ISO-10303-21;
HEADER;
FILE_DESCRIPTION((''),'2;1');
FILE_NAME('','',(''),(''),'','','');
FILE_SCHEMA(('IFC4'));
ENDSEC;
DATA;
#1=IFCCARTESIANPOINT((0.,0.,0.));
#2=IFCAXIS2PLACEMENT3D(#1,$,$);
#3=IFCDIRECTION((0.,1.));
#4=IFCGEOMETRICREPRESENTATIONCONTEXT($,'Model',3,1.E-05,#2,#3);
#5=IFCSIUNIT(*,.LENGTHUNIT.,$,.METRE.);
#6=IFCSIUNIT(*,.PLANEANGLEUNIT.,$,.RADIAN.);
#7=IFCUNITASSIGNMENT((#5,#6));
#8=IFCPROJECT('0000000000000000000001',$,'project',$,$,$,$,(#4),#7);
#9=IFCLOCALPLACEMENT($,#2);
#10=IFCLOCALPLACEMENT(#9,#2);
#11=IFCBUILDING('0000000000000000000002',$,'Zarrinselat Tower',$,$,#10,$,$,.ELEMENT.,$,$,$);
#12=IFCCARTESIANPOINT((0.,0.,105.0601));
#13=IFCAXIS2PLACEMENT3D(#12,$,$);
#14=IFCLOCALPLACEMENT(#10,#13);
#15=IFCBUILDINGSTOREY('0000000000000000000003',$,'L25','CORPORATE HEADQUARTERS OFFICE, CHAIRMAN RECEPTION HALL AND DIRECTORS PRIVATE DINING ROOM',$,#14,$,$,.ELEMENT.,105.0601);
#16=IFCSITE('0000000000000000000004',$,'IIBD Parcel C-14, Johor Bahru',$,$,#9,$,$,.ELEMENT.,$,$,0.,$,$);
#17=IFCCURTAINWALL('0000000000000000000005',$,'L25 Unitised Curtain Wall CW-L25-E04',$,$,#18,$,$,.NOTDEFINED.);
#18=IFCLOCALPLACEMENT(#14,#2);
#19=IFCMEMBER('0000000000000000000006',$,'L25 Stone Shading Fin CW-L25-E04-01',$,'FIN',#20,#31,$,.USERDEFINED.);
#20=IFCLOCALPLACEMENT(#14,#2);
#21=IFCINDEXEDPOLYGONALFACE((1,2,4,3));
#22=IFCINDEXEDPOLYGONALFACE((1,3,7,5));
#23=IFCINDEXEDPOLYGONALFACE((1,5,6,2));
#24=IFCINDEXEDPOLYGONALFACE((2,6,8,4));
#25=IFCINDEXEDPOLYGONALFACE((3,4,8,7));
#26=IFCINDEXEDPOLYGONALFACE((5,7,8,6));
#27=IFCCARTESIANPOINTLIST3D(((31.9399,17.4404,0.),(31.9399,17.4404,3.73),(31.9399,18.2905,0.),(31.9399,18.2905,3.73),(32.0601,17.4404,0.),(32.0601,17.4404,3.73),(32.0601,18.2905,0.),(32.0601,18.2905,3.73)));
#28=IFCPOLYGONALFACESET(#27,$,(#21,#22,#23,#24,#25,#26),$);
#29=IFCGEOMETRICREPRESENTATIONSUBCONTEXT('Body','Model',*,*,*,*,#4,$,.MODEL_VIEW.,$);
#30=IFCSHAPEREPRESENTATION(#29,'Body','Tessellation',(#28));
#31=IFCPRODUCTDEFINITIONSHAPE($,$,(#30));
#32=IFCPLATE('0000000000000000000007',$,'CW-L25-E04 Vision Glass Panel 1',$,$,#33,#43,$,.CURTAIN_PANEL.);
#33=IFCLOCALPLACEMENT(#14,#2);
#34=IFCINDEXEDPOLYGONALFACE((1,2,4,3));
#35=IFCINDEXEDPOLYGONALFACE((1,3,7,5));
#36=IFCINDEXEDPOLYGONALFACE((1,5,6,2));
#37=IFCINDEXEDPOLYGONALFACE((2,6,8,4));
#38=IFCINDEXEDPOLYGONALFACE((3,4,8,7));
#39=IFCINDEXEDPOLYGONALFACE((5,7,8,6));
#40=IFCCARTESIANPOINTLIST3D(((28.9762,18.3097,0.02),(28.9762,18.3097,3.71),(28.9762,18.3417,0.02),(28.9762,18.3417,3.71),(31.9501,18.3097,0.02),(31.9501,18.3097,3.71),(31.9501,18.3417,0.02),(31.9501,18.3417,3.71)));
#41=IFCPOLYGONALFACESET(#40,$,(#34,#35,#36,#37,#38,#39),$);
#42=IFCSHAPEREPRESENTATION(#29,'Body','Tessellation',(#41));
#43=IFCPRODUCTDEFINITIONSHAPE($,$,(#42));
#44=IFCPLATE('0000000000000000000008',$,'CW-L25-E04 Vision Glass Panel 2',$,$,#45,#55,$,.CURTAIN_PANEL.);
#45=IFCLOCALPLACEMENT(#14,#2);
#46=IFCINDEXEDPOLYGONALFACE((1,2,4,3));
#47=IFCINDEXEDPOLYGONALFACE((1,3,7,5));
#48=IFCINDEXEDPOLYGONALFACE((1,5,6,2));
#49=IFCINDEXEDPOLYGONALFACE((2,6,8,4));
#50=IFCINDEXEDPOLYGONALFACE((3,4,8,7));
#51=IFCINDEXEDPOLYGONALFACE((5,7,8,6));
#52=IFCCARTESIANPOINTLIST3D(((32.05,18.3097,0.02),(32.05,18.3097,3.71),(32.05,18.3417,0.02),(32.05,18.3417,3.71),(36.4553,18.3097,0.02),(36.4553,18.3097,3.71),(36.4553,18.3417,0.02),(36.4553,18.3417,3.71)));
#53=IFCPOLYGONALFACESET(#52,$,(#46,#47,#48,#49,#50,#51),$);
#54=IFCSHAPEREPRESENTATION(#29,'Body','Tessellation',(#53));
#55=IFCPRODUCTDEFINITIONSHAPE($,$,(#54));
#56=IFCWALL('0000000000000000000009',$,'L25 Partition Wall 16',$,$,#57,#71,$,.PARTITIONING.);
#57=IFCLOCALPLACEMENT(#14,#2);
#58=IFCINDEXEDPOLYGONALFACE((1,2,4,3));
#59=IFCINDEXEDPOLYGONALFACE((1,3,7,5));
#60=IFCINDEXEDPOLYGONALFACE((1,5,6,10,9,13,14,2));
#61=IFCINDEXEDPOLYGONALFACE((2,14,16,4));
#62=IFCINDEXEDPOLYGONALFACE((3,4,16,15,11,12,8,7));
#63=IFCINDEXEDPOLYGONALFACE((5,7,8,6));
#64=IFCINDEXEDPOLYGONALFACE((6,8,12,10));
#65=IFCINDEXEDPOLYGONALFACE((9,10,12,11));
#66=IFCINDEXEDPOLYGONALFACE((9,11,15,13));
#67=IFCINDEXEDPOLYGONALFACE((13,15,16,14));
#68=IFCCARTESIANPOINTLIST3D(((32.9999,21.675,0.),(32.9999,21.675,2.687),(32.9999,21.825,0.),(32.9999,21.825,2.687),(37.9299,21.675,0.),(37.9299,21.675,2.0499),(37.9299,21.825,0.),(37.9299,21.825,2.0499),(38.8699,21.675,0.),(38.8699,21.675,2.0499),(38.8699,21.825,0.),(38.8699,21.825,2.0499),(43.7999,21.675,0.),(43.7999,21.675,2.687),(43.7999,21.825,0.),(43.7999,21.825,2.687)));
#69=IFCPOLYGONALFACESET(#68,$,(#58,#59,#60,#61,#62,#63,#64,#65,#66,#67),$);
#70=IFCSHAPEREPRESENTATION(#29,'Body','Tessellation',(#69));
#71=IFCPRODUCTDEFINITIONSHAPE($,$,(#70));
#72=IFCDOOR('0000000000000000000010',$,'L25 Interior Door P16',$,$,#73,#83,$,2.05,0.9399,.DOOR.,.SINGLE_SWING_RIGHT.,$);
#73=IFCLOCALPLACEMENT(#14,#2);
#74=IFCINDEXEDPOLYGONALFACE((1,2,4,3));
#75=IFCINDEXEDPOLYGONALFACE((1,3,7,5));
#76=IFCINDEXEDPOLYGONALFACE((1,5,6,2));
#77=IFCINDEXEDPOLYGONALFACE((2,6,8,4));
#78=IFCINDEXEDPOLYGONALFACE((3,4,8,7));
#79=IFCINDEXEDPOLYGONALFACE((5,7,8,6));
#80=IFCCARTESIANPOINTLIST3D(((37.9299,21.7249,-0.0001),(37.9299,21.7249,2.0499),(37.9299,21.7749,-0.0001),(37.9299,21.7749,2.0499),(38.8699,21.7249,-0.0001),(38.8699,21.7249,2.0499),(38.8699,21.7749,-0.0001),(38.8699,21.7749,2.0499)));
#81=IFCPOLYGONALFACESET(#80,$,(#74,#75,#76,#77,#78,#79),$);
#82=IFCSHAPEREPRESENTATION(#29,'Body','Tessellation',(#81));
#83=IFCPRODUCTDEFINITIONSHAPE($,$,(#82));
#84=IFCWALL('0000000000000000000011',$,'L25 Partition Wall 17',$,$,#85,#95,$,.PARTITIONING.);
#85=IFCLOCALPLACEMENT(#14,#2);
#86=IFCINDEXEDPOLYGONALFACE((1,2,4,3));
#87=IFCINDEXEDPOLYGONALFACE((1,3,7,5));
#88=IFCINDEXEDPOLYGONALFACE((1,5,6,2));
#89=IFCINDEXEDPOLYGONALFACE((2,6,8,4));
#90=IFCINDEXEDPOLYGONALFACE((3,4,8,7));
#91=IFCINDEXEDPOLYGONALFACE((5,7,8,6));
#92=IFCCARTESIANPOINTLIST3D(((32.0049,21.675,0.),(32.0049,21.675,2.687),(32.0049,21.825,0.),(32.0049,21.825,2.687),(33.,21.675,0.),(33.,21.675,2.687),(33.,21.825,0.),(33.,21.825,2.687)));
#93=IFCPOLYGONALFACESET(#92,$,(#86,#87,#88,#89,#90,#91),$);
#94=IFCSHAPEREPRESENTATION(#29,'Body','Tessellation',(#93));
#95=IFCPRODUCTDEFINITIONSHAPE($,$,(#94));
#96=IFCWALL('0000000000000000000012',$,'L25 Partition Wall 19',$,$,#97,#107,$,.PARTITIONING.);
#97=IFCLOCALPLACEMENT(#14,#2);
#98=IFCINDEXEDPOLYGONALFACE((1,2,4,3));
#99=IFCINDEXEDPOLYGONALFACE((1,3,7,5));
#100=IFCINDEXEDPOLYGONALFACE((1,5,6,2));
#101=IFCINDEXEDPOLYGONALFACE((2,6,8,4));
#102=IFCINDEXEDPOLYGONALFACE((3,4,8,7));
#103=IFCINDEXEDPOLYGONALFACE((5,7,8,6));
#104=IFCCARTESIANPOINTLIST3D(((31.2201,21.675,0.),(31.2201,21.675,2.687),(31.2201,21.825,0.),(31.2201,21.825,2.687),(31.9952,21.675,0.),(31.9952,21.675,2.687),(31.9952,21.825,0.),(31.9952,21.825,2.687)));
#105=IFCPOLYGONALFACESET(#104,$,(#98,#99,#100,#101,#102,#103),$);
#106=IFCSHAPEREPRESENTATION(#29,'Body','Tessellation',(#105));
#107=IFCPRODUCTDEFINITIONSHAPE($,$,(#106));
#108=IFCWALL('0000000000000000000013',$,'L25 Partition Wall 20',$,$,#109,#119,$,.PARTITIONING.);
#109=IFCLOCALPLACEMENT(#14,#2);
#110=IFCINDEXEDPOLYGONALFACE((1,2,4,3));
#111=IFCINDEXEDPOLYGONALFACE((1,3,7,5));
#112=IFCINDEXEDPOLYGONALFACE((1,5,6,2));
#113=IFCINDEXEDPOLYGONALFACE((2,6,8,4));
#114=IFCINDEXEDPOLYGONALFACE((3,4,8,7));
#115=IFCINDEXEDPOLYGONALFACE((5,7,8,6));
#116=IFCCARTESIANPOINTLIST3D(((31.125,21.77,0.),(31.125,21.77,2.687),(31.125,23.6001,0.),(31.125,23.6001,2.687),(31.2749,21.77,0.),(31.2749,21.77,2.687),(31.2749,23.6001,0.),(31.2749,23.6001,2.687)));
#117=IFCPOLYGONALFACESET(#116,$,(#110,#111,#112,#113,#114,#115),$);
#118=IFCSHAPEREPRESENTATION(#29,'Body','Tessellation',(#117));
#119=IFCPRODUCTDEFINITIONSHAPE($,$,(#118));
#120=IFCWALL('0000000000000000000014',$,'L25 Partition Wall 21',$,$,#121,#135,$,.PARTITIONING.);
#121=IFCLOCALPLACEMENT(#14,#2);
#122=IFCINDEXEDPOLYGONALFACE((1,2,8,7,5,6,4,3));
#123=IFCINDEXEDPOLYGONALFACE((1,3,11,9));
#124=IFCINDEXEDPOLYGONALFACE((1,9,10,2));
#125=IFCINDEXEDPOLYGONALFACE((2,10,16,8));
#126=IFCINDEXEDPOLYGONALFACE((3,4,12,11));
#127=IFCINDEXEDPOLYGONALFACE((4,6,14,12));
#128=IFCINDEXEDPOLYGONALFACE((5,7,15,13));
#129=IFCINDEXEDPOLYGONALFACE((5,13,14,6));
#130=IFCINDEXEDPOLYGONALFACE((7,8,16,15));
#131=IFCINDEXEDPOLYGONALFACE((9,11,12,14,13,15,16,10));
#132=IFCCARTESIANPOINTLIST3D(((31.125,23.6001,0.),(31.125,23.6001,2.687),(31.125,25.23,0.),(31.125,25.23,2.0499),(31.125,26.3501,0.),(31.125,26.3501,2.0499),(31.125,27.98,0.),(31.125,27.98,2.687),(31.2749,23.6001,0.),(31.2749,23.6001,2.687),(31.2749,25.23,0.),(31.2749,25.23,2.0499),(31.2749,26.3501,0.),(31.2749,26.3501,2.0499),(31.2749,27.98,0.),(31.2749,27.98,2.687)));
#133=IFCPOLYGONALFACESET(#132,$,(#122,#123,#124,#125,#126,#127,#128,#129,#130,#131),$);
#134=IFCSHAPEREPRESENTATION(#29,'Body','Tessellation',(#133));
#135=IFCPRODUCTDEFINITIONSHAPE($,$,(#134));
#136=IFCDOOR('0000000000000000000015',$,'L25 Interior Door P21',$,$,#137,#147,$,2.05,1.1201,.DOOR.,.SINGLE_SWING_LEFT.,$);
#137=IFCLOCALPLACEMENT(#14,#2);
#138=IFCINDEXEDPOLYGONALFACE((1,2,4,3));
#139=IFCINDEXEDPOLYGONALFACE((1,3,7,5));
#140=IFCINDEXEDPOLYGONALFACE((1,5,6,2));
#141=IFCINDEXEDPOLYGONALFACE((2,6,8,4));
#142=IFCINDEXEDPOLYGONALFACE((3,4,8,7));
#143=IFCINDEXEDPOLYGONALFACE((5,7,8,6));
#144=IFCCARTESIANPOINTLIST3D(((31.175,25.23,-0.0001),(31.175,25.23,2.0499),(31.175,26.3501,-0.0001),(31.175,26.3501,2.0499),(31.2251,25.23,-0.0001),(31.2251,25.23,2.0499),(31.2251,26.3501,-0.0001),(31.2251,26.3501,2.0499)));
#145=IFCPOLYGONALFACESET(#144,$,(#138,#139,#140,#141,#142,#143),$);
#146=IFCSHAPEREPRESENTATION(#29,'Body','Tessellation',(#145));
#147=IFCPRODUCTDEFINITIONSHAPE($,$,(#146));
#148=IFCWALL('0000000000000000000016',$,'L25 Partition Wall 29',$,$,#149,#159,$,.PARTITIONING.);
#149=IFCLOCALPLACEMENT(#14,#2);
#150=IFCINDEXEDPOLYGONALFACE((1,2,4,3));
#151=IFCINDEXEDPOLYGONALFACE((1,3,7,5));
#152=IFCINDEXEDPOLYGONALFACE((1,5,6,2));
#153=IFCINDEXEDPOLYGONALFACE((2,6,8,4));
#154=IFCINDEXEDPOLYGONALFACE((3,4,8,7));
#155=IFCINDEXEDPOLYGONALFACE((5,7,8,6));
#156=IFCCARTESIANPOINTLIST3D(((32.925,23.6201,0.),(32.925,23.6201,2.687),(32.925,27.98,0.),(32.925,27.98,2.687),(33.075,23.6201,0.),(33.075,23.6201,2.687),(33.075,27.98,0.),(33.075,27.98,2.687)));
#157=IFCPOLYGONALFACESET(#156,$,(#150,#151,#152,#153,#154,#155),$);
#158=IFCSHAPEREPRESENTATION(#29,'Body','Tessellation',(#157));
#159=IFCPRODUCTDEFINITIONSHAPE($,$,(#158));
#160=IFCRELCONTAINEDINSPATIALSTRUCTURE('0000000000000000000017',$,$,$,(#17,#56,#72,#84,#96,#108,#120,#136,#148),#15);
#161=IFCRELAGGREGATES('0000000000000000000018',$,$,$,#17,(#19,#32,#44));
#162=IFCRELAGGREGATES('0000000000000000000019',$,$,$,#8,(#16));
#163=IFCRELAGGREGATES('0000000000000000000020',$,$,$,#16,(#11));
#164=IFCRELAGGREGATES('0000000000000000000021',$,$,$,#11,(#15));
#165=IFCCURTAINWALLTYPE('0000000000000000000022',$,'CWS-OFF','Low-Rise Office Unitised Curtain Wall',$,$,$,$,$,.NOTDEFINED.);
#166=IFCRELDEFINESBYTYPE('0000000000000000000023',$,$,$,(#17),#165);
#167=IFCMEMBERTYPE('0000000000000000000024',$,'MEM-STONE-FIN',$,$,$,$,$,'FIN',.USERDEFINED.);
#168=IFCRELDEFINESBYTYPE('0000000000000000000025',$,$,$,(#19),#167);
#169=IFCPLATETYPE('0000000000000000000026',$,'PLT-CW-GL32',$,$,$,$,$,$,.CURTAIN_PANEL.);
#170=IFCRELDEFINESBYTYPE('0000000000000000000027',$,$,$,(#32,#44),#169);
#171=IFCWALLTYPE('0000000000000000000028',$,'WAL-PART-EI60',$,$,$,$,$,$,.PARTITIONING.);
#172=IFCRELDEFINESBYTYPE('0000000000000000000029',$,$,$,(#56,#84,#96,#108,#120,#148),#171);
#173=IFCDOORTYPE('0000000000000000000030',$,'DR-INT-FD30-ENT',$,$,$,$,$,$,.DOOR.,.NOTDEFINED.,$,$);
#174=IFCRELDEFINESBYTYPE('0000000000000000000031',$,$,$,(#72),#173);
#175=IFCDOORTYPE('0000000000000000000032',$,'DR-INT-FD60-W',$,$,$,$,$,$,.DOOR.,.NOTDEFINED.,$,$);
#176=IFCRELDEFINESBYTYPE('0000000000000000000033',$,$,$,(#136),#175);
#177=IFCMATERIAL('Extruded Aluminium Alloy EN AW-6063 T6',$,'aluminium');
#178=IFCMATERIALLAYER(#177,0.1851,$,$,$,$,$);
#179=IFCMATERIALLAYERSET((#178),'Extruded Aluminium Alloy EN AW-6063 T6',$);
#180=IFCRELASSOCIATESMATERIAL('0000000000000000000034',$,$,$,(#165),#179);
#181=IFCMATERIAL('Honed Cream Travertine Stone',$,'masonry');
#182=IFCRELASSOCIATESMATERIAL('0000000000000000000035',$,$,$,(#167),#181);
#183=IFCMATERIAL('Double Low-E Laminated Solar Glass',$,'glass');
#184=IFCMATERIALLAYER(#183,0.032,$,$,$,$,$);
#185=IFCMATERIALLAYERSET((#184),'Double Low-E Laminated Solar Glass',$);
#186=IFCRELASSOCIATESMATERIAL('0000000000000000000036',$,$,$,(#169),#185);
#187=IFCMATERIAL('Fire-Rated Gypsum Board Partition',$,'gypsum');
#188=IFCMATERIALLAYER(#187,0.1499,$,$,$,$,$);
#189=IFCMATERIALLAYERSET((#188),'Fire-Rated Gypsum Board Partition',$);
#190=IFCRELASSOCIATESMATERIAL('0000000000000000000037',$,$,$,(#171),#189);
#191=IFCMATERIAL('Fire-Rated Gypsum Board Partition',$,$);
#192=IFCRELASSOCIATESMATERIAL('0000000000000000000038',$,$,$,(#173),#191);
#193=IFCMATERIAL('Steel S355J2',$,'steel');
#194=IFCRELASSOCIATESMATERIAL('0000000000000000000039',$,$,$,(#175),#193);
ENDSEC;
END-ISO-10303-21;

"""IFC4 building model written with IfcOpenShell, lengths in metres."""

from ifc_helpers import new_model, si_unit, direction, frame, frame_2d, origin, origin_2d, place, context, subcontext, project, spatial, rectangle, extrude, material, layer, layer_set, material_profile, profile_set, type_object, element, fill, aggregate, save


model = new_model("IFC4")

# Units and contexts
model_context = context("Model", 3, precision=1e-05, world=origin(), true_north=direction((0.0, 1.0)))
body_context = subcontext(model_context, "Body", "Model", "MODEL_VIEW")
ifc_project = project(units=[si_unit("LENGTHUNIT", "METRE"), si_unit("PLANEANGLEUNIT", "RADIAN")], contexts=[model_context])

# Site, building, storey
site_placement = place(None, origin())
site = spatial("IfcSite", under=ifc_project, at=site_placement, Name="IIBD Parcel C-14, Johor Bahru", CompositionType="ELEMENT", RefElevation=0.0)
building_placement = place(site_placement, origin())
building = spatial("IfcBuilding", under=site, at=building_placement, Name="Zarrinselat Tower", CompositionType="ELEMENT")
storey_placement = place(building_placement, frame((0.0, 0.0, 105.0601)))
storey = spatial("IfcBuildingStorey", under=building, at=storey_placement, Name="L25", Description="CORPORATE HEADQUARTERS OFFICE, CHAIRMAN RECEPTION HALL AND DIRECTORS PRIVATE DINING ROOM", CompositionType="ELEMENT", Elevation=105.0601)

# Curtain wall, member, plates
ifc_material_1 = material(Name="Extruded Aluminium Alloy EN AW-6063 T6", Category="aluminium")
ifc_layer_1 = layer(ifc_material_1, 0.1851)
ifc_layer_set_1 = layer_set([ifc_layer_1], Name="Extruded Aluminium Alloy EN AW-6063 T6")
curtain_wall_type = type_object("IfcCurtainWallType", Name="CWS-OFF", Description="Low-Rise Office Unitised Curtain Wall", PredefinedType="NOTDEFINED", material=ifc_layer_set_1)
curtain_wall_placement = place(storey_placement, origin())
curtain_wall = element("IfcCurtainWall", 1, at=curtain_wall_placement, inside=storey, type_object=curtain_wall_type, Name="L25 Unitised Curtain Wall CW-L25-E04", PredefinedType="NOTDEFINED")
ifc_material_2 = material(Name="Honed Cream Travertine Stone", Category="masonry")
ifc_material_profile_1 = material_profile(ifc_material_2, rectangle(XDim=0.1201, YDim=0.8501, at=origin_2d()), Name="FIN 850x120")
ifc_profile_set_1 = profile_set([ifc_material_profile_1], Name="Honed Cream Travertine Stone")
member_type_1 = type_object("IfcMemberType", Name="MEM-STONE-FIN", ElementType="FIN", PredefinedType="USERDEFINED", material=ifc_profile_set_1)
member_1_placement = place(storey_placement, frame((32.0, 17.8655, 0.0), z_axis=(0.0, 0.0, 1.0), x_axis=(-1.0, 0.0, 0.0)))
member_1 = element("IfcMember", 2, at=member_1_placement, type_object=member_type_1, Name="L25 Stone Shading Fin CW-L25-E04-01", ObjectType="FIN", PredefinedType="USERDEFINED", context=body_context, shape_type="SweptSolid", body=[
    extrude(rectangle(XDim=0.1201, YDim=0.8501, at=origin_2d()), origin(), (0.0, 0.0, 1.0), 3.73),
])
ifc_material_3 = material(Name="Double Low-E Laminated Solar Glass", Category="glass")
ifc_layer_2 = layer(ifc_material_3, 0.032)
ifc_layer_set_2 = layer_set([ifc_layer_2], Name="Double Low-E Laminated Solar Glass")
plate_type = type_object("IfcPlateType", Name="PLT-CW-GL32", PredefinedType="CURTAIN_PANEL", material=ifc_layer_set_2)
plate_1_placement = place(storey_placement, frame((30.4631, 18.3257, 0.02), z_axis=(0.0, 0.0, 1.0), x_axis=(1.0, 0.0, 0.0)))
plate_1 = element("IfcPlate", 3, at=plate_1_placement, type_object=plate_type, Name="CW-L25-E04 Vision Glass Panel 1", PredefinedType="CURTAIN_PANEL", context=body_context, shape_type="SweptSolid", body=[
    extrude(rectangle(XDim=2.9739, YDim=0.032, at=origin_2d()), origin(), (0.0, 0.0, 1.0), 3.6899),
])
plate_2_placement = place(storey_placement, frame((34.2527, 18.3257, 0.02), z_axis=(0.0, 0.0, 1.0), x_axis=(1.0, 0.0, 0.0)))
plate_2 = element("IfcPlate", 4, at=plate_2_placement, type_object=plate_type, Name="CW-L25-E04 Vision Glass Panel 2", PredefinedType="CURTAIN_PANEL", context=body_context, shape_type="SweptSolid", body=[
    extrude(rectangle(XDim=4.4053, YDim=0.032, at=origin_2d()), origin(), (0.0, 0.0, 1.0), 3.6899),
])
aggregate(curtain_wall, [member_1, plate_1, plate_2])

# Wall, opening, door
ifc_material_4 = material(Name="Fire-Rated Gypsum Board Partition", Category="gypsum")
ifc_layer_3 = layer(ifc_material_4, 0.1499)
ifc_layer_set_3 = layer_set([ifc_layer_3], Name="Fire-Rated Gypsum Board Partition")
wall_type_1 = type_object("IfcWallType", Name="WAL-PART-EI60", PredefinedType="PARTITIONING", material=ifc_layer_set_3)
wall_1_placement = place(storey_placement, frame((33.0, 21.75, 0.0), z_axis=(0.0, 0.0, 1.0), x_axis=(1.0, 0.0, 0.0)))
wall_1 = element("IfcWall", 5, at=wall_1_placement, inside=storey, type_object=wall_type_1, Name="L25 Partition Wall 16", PredefinedType="PARTITIONING", context=body_context, shape_type="SweptSolid", body=[
    extrude(rectangle(XDim=10.8, YDim=0.1499, at=frame_2d((5.3999, 0.0))), origin(), (0.0, 0.0, 1.0), 2.687),
])
opening_1_placement = place(wall_1_placement, frame((4.9299, 0.0, 0.0)))
opening_1 = element("IfcOpeningElement", 6, at=opening_1_placement, cuts=wall_1, PredefinedType="OPENING", context=body_context, shape_type="SweptSolid", body=[
    extrude(rectangle(XDim=0.9399, YDim=2.05, at=frame_2d((0.47, 1.0249))), frame((0.0, 0.085, 0.0), z_axis=(0.0, -1.0, 0.0), x_axis=(1.0, 0.0, 0.0)), (0.0, 0.0, 1.0), 0.1699),
])
ifc_material_5 = material(Name="Fire-Rated Gypsum Board Partition")
door_type_1 = type_object("IfcDoorType", Name="DR-INT-FD30-ENT", OperationType="NOTDEFINED", PredefinedType="DOOR", material=ifc_material_5)
door_1_placement = place(opening_1_placement, origin())
door_1 = element("IfcDoor", 7, at=door_1_placement, inside=storey, type_object=door_type_1, Name="L25 Interior Door P16", OperationType="SINGLE_SWING_RIGHT", OverallHeight=2.05, OverallWidth=0.9399, PredefinedType="DOOR", context=body_context, shape_type="SweptSolid", body=[
    extrude(rectangle(XDim=0.9399, YDim=2.05, at=frame_2d((0.47, 1.0249))), frame((0.0, 0.0249, 0.0), z_axis=(0.0, -1.0, 0.0), x_axis=(1.0, 0.0, 0.0)), (0.0, 0.0, 1.0), 0.05),
])
fill(opening_1, door_1)

# Walls
wall_2_placement = place(storey_placement, frame((32.0049, 21.75, 0.0), z_axis=(0.0, 0.0, 1.0), x_axis=(1.0, 0.0, 0.0)))
element("IfcWall", 8, at=wall_2_placement, inside=storey, type_object=wall_type_1, Name="L25 Partition Wall 17", PredefinedType="PARTITIONING", context=body_context, shape_type="SweptSolid", body=[
    extrude(rectangle(XDim=0.9951, YDim=0.1499, at=frame_2d((0.4976, 0.0))), origin(), (0.0, 0.0, 1.0), 2.687),
])
wall_3_placement = place(storey_placement, frame((31.22, 21.75, 0.0), z_axis=(0.0, 0.0, 1.0), x_axis=(1.0, 0.0, 0.0)))
element("IfcWall", 9, at=wall_3_placement, inside=storey, type_object=wall_type_1, Name="L25 Partition Wall 19", PredefinedType="PARTITIONING", context=body_context, shape_type="SweptSolid", body=[
    extrude(rectangle(XDim=0.7751, YDim=0.1499, at=frame_2d((0.3877, 0.0))), origin(), (0.0, 0.0, 1.0), 2.687),
])
wall_4_placement = place(storey_placement, frame((31.2, 21.77, 0.0), z_axis=(0.0, 0.0, 1.0), x_axis=(0.0, 1.0, 0.0)))
element("IfcWall", 10, at=wall_4_placement, inside=storey, type_object=wall_type_1, Name="L25 Partition Wall 20", PredefinedType="PARTITIONING", context=body_context, shape_type="SweptSolid", body=[
    extrude(rectangle(XDim=1.8301, YDim=0.1499, at=frame_2d((0.915, 0.0))), origin(), (0.0, 0.0, 1.0), 2.687),
])

# Wall, opening, door
wall_5_placement = place(storey_placement, frame((31.2, 23.6001, 0.0), z_axis=(0.0, 0.0, 1.0), x_axis=(0.0, 1.0, 0.0)))
wall_5 = element("IfcWall", 11, at=wall_5_placement, inside=storey, type_object=wall_type_1, Name="L25 Partition Wall 21", PredefinedType="PARTITIONING", context=body_context, shape_type="SweptSolid", body=[
    extrude(rectangle(XDim=4.3799, YDim=0.1499, at=frame_2d((2.1899, 0.0))), origin(), (0.0, 0.0, 1.0), 2.687),
])
opening_2_placement = place(wall_5_placement, frame((1.6299, 0.0, 0.0)))
opening_2 = element("IfcOpeningElement", 12, at=opening_2_placement, cuts=wall_5, PredefinedType="OPENING", context=body_context, shape_type="SweptSolid", body=[
    extrude(rectangle(XDim=1.1201, YDim=2.05, at=frame_2d((0.5601, 1.0249))), frame((0.0, 0.085, 0.0), z_axis=(0.0, -1.0, 0.0), x_axis=(1.0, 0.0, 0.0)), (0.0, 0.0, 1.0), 0.1699),
])
ifc_material_6 = material(Name="Steel S355J2", Category="steel")
door_type_2 = type_object("IfcDoorType", Name="DR-INT-FD60-W", OperationType="NOTDEFINED", PredefinedType="DOOR", material=ifc_material_6)
door_2_placement = place(opening_2_placement, origin())
door_2 = element("IfcDoor", 13, at=door_2_placement, inside=storey, type_object=door_type_2, Name="L25 Interior Door P21", OperationType="SINGLE_SWING_LEFT", OverallHeight=2.05, OverallWidth=1.1201, PredefinedType="DOOR", context=body_context, shape_type="SweptSolid", body=[
    extrude(rectangle(XDim=1.1201, YDim=2.05, at=frame_2d((0.5601, 1.0249))), frame((0.0, 0.0249, 0.0), z_axis=(0.0, -1.0, 0.0), x_axis=(1.0, 0.0, 0.0)), (0.0, 0.0, 1.0), 0.05),
])
fill(opening_2, door_2)

# Wall
wall_6_placement = place(storey_placement, frame((33.0, 23.6201, 0.0), z_axis=(0.0, 0.0, 1.0), x_axis=(0.0, 1.0, 0.0)))
element("IfcWall", 14, at=wall_6_placement, inside=storey, type_object=wall_type_1, Name="L25 Partition Wall 29", PredefinedType="PARTITIONING", context=body_context, shape_type="SweptSolid", body=[
    extrude(rectangle(XDim=4.3599, YDim=0.1499, at=frame_2d((2.1799, 0.0))), origin(), (0.0, 0.0, 1.0), 2.687),
])

save(model, "model.ifc")
